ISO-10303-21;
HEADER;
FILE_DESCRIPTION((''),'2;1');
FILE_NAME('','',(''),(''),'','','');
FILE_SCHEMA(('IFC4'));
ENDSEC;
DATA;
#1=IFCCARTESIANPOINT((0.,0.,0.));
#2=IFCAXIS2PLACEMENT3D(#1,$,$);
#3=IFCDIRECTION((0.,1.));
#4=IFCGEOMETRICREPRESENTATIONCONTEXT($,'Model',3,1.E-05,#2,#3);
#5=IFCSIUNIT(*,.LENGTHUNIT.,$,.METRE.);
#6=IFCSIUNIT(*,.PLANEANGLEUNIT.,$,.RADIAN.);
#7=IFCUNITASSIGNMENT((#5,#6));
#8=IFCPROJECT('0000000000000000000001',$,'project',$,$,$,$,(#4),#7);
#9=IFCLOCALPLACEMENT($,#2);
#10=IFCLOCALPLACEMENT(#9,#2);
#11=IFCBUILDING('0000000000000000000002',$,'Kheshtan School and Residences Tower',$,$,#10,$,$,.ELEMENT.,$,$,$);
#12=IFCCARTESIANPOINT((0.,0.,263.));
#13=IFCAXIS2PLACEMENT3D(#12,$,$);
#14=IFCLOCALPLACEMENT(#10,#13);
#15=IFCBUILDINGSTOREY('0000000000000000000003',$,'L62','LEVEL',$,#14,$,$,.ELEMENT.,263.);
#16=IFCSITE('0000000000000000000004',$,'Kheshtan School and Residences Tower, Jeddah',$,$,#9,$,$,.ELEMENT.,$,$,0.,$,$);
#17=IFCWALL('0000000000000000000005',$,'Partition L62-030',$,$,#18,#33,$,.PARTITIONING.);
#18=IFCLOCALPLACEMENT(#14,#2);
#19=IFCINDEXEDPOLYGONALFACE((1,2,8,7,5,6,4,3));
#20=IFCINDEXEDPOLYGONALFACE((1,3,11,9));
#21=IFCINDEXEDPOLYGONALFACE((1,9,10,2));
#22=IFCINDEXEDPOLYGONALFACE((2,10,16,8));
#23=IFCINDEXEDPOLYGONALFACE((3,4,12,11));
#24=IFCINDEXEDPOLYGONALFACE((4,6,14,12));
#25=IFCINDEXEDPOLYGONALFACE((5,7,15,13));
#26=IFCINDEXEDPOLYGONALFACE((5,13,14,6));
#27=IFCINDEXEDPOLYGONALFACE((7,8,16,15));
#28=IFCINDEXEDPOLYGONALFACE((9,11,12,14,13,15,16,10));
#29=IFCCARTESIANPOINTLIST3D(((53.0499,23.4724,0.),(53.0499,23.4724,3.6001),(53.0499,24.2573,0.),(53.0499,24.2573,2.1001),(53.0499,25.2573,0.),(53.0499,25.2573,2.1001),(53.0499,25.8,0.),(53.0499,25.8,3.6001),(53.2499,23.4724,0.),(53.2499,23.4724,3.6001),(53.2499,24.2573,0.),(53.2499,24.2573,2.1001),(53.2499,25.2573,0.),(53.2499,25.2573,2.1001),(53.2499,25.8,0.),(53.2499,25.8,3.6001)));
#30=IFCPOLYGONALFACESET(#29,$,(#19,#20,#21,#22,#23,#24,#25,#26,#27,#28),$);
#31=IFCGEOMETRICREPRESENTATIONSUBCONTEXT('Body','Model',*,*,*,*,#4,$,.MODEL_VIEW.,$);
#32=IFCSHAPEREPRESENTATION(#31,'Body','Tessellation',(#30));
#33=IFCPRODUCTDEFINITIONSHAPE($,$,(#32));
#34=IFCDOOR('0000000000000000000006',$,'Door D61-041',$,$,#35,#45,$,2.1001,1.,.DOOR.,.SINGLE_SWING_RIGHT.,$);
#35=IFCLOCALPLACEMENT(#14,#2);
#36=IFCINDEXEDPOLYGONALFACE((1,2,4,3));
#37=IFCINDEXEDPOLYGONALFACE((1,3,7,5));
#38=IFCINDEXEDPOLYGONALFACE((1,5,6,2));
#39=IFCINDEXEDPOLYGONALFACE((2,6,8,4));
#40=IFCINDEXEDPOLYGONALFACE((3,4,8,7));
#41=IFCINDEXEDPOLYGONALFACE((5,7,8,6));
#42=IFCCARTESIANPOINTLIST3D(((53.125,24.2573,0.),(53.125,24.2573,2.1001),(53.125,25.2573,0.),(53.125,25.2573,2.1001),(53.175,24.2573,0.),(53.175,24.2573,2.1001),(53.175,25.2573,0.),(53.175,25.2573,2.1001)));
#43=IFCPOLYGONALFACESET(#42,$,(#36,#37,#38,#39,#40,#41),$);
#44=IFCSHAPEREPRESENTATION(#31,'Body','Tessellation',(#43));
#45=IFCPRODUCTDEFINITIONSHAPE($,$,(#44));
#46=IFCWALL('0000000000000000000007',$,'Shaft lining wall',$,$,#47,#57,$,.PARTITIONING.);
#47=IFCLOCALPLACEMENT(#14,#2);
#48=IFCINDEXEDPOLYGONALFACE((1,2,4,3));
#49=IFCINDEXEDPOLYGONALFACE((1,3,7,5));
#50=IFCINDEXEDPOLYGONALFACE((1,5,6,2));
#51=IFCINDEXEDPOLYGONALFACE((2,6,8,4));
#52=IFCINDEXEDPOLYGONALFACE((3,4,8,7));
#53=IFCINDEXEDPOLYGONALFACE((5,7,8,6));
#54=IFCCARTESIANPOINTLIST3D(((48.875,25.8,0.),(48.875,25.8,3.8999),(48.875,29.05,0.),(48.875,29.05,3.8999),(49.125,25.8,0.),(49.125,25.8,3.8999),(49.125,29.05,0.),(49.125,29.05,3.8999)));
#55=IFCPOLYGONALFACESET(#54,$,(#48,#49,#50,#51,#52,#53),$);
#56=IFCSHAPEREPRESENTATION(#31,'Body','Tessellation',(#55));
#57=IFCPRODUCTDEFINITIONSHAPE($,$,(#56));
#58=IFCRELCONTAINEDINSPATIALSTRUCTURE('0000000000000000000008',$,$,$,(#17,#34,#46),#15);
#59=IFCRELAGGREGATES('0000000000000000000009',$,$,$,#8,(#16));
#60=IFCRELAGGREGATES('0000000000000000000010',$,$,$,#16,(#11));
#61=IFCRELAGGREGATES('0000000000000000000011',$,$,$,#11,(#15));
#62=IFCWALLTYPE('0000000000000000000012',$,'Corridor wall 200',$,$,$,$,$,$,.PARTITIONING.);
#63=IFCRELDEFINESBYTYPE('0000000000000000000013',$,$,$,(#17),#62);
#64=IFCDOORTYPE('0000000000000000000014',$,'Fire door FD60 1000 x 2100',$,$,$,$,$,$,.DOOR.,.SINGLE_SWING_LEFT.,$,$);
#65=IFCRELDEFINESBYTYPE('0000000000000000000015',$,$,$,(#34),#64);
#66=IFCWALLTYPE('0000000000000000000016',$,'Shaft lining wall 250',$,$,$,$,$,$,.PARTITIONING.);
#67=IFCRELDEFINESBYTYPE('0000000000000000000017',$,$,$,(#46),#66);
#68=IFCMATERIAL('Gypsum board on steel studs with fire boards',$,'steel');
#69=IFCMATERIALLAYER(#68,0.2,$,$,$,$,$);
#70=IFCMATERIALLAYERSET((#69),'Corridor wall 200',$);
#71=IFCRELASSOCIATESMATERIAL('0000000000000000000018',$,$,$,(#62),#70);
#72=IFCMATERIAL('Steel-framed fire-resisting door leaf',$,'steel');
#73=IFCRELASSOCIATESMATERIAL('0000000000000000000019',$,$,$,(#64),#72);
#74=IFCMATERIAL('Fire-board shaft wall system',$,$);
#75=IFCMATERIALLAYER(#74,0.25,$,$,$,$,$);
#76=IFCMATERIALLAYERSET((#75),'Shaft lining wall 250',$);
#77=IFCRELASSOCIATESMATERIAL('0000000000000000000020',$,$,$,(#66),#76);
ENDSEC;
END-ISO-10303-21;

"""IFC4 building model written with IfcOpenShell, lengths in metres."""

from ifc_helpers import new_model, si_unit, direction, frame, frame_2d, origin, place, context, subcontext, project, spatial, rectangle, extrude, source, transform, mapped, material, layer, layer_set, type_object, element, fill, save


model = new_model("IFC4")

# Units and contexts
model_context = context("Model", 3, precision=1e-05, world=origin(), true_north=direction((0.0, 1.0)))
body_context = subcontext(model_context, "Body", "Model", "MODEL_VIEW")
ifc_project = project(units=[si_unit("LENGTHUNIT", "METRE"), si_unit("PLANEANGLEUNIT", "RADIAN")], contexts=[model_context])

# Site, building, storey
site_placement = place(None, origin())
site = spatial("IfcSite", under=ifc_project, at=site_placement, Name="Kheshtan School and Residences Tower, Jeddah", CompositionType="ELEMENT", RefElevation=0.0)
building_placement = place(site_placement, origin())
building = spatial("IfcBuilding", under=site, at=building_placement, Name="Kheshtan School and Residences Tower", CompositionType="ELEMENT")
storey_placement = place(building_placement, frame((0.0, 0.0, 263.0)))
storey = spatial("IfcBuildingStorey", under=building, at=storey_placement, Name="L62", Description="LEVEL", CompositionType="ELEMENT", Elevation=263.0)

# Wall, opening, door
ifc_material_1 = material(Name="Gypsum board on steel studs with fire boards", Category="steel")
ifc_layer_1 = layer(ifc_material_1, 0.2)
ifc_layer_set_1 = layer_set([ifc_layer_1], Name="Corridor wall 200")
wall_type_1 = type_object("IfcWallType", Name="Corridor wall 200", PredefinedType="PARTITIONING", material=ifc_layer_set_1)
wall_1_placement = place(storey_placement, frame((53.1499, 23.4724, 0.0), z_axis=(0.0, 0.0, 1.0), x_axis=(0.0, 1.0, 0.0)))
wall_1 = element("IfcWall", 1, at=wall_1_placement, inside=storey, type_object=wall_type_1, Name="Partition L62-030", PredefinedType="PARTITIONING", context=body_context, shape_type="SweptSolid", body=[
    extrude(rectangle(XDim=2.3276, YDim=0.2, at=frame_2d((1.1638, 0.0))), origin(), (0.0, 0.0, 1.0), 3.6001),
])
opening_placement = place(wall_1_placement, frame((0.7849, 0.0, 0.0)))
opening = element("IfcOpeningElement", 2, at=opening_placement, cuts=wall_1, PredefinedType="OPENING", context=body_context, shape_type="SweptSolid", body=[
    extrude(rectangle(XDim=1.0, YDim=2.1001, at=frame_2d((0.5, 1.05))), frame((0.0, 0.1099, 0.0), z_axis=(0.0, -1.0, 0.0), x_axis=(1.0, 0.0, 0.0)), (0.0, 0.0, 1.0), 0.22),
])
ifc_material_2 = material(Name="Steel-framed fire-resisting door leaf", Category="steel")
door_type = type_object("IfcDoorType", Name="Fire door FD60 1000 x 2100", OperationType="SINGLE_SWING_LEFT", PredefinedType="DOOR", material=ifc_material_2)
shared_shape = source(origin(), body_context, "Body", "SweptSolid", [
    extrude(rectangle(XDim=1.0, YDim=2.1001, at=frame_2d((0.5, 1.05))), frame((0.0, 0.0249, 0.0), z_axis=(0.0, -1.0, 0.0), x_axis=(1.0, 0.0, 0.0)), (0.0, 0.0, 1.0), 0.05),
])
door_placement = place(opening_placement, origin())
door = element("IfcDoor", 3, at=door_placement, inside=storey, type_object=door_type, Name="Door D61-041", OperationType="SINGLE_SWING_RIGHT", OverallHeight=2.1001, OverallWidth=1.0, PredefinedType="DOOR", context=body_context, shape_type="MappedRepresentation", body=[
    mapped(shared_shape, transform((0.0, 0.0, 0.0), x_axis=(1.0, 0.0, 0.0), y_axis=(0.0, 1.0, 0.0), z_axis=(0.0, 0.0, 1.0), scale=1.0)),
])
fill(opening, door)

# Wall
ifc_material_3 = material(Name="Fire-board shaft wall system")
ifc_layer_2 = layer(ifc_material_3, 0.25)
ifc_layer_set_2 = layer_set([ifc_layer_2], Name="Shaft lining wall 250")
wall_type_2 = type_object("IfcWallType", Name="Shaft lining wall 250", PredefinedType="PARTITIONING", material=ifc_layer_set_2)
wall_2_placement = place(storey_placement, frame((49.0, 25.8, 0.0), z_axis=(0.0, 0.0, 1.0), x_axis=(0.0, 1.0, 0.0)))
element("IfcWall", 4, at=wall_2_placement, inside=storey, type_object=wall_type_2, Name="Shaft lining wall", PredefinedType="PARTITIONING", context=body_context, shape_type="SweptSolid", body=[
    extrude(rectangle(XDim=3.25, YDim=0.25, at=frame_2d((1.625, 0.0))), origin(), (0.0, 0.0, 1.0), 3.8999),
])

save(model, "model.ifc")
